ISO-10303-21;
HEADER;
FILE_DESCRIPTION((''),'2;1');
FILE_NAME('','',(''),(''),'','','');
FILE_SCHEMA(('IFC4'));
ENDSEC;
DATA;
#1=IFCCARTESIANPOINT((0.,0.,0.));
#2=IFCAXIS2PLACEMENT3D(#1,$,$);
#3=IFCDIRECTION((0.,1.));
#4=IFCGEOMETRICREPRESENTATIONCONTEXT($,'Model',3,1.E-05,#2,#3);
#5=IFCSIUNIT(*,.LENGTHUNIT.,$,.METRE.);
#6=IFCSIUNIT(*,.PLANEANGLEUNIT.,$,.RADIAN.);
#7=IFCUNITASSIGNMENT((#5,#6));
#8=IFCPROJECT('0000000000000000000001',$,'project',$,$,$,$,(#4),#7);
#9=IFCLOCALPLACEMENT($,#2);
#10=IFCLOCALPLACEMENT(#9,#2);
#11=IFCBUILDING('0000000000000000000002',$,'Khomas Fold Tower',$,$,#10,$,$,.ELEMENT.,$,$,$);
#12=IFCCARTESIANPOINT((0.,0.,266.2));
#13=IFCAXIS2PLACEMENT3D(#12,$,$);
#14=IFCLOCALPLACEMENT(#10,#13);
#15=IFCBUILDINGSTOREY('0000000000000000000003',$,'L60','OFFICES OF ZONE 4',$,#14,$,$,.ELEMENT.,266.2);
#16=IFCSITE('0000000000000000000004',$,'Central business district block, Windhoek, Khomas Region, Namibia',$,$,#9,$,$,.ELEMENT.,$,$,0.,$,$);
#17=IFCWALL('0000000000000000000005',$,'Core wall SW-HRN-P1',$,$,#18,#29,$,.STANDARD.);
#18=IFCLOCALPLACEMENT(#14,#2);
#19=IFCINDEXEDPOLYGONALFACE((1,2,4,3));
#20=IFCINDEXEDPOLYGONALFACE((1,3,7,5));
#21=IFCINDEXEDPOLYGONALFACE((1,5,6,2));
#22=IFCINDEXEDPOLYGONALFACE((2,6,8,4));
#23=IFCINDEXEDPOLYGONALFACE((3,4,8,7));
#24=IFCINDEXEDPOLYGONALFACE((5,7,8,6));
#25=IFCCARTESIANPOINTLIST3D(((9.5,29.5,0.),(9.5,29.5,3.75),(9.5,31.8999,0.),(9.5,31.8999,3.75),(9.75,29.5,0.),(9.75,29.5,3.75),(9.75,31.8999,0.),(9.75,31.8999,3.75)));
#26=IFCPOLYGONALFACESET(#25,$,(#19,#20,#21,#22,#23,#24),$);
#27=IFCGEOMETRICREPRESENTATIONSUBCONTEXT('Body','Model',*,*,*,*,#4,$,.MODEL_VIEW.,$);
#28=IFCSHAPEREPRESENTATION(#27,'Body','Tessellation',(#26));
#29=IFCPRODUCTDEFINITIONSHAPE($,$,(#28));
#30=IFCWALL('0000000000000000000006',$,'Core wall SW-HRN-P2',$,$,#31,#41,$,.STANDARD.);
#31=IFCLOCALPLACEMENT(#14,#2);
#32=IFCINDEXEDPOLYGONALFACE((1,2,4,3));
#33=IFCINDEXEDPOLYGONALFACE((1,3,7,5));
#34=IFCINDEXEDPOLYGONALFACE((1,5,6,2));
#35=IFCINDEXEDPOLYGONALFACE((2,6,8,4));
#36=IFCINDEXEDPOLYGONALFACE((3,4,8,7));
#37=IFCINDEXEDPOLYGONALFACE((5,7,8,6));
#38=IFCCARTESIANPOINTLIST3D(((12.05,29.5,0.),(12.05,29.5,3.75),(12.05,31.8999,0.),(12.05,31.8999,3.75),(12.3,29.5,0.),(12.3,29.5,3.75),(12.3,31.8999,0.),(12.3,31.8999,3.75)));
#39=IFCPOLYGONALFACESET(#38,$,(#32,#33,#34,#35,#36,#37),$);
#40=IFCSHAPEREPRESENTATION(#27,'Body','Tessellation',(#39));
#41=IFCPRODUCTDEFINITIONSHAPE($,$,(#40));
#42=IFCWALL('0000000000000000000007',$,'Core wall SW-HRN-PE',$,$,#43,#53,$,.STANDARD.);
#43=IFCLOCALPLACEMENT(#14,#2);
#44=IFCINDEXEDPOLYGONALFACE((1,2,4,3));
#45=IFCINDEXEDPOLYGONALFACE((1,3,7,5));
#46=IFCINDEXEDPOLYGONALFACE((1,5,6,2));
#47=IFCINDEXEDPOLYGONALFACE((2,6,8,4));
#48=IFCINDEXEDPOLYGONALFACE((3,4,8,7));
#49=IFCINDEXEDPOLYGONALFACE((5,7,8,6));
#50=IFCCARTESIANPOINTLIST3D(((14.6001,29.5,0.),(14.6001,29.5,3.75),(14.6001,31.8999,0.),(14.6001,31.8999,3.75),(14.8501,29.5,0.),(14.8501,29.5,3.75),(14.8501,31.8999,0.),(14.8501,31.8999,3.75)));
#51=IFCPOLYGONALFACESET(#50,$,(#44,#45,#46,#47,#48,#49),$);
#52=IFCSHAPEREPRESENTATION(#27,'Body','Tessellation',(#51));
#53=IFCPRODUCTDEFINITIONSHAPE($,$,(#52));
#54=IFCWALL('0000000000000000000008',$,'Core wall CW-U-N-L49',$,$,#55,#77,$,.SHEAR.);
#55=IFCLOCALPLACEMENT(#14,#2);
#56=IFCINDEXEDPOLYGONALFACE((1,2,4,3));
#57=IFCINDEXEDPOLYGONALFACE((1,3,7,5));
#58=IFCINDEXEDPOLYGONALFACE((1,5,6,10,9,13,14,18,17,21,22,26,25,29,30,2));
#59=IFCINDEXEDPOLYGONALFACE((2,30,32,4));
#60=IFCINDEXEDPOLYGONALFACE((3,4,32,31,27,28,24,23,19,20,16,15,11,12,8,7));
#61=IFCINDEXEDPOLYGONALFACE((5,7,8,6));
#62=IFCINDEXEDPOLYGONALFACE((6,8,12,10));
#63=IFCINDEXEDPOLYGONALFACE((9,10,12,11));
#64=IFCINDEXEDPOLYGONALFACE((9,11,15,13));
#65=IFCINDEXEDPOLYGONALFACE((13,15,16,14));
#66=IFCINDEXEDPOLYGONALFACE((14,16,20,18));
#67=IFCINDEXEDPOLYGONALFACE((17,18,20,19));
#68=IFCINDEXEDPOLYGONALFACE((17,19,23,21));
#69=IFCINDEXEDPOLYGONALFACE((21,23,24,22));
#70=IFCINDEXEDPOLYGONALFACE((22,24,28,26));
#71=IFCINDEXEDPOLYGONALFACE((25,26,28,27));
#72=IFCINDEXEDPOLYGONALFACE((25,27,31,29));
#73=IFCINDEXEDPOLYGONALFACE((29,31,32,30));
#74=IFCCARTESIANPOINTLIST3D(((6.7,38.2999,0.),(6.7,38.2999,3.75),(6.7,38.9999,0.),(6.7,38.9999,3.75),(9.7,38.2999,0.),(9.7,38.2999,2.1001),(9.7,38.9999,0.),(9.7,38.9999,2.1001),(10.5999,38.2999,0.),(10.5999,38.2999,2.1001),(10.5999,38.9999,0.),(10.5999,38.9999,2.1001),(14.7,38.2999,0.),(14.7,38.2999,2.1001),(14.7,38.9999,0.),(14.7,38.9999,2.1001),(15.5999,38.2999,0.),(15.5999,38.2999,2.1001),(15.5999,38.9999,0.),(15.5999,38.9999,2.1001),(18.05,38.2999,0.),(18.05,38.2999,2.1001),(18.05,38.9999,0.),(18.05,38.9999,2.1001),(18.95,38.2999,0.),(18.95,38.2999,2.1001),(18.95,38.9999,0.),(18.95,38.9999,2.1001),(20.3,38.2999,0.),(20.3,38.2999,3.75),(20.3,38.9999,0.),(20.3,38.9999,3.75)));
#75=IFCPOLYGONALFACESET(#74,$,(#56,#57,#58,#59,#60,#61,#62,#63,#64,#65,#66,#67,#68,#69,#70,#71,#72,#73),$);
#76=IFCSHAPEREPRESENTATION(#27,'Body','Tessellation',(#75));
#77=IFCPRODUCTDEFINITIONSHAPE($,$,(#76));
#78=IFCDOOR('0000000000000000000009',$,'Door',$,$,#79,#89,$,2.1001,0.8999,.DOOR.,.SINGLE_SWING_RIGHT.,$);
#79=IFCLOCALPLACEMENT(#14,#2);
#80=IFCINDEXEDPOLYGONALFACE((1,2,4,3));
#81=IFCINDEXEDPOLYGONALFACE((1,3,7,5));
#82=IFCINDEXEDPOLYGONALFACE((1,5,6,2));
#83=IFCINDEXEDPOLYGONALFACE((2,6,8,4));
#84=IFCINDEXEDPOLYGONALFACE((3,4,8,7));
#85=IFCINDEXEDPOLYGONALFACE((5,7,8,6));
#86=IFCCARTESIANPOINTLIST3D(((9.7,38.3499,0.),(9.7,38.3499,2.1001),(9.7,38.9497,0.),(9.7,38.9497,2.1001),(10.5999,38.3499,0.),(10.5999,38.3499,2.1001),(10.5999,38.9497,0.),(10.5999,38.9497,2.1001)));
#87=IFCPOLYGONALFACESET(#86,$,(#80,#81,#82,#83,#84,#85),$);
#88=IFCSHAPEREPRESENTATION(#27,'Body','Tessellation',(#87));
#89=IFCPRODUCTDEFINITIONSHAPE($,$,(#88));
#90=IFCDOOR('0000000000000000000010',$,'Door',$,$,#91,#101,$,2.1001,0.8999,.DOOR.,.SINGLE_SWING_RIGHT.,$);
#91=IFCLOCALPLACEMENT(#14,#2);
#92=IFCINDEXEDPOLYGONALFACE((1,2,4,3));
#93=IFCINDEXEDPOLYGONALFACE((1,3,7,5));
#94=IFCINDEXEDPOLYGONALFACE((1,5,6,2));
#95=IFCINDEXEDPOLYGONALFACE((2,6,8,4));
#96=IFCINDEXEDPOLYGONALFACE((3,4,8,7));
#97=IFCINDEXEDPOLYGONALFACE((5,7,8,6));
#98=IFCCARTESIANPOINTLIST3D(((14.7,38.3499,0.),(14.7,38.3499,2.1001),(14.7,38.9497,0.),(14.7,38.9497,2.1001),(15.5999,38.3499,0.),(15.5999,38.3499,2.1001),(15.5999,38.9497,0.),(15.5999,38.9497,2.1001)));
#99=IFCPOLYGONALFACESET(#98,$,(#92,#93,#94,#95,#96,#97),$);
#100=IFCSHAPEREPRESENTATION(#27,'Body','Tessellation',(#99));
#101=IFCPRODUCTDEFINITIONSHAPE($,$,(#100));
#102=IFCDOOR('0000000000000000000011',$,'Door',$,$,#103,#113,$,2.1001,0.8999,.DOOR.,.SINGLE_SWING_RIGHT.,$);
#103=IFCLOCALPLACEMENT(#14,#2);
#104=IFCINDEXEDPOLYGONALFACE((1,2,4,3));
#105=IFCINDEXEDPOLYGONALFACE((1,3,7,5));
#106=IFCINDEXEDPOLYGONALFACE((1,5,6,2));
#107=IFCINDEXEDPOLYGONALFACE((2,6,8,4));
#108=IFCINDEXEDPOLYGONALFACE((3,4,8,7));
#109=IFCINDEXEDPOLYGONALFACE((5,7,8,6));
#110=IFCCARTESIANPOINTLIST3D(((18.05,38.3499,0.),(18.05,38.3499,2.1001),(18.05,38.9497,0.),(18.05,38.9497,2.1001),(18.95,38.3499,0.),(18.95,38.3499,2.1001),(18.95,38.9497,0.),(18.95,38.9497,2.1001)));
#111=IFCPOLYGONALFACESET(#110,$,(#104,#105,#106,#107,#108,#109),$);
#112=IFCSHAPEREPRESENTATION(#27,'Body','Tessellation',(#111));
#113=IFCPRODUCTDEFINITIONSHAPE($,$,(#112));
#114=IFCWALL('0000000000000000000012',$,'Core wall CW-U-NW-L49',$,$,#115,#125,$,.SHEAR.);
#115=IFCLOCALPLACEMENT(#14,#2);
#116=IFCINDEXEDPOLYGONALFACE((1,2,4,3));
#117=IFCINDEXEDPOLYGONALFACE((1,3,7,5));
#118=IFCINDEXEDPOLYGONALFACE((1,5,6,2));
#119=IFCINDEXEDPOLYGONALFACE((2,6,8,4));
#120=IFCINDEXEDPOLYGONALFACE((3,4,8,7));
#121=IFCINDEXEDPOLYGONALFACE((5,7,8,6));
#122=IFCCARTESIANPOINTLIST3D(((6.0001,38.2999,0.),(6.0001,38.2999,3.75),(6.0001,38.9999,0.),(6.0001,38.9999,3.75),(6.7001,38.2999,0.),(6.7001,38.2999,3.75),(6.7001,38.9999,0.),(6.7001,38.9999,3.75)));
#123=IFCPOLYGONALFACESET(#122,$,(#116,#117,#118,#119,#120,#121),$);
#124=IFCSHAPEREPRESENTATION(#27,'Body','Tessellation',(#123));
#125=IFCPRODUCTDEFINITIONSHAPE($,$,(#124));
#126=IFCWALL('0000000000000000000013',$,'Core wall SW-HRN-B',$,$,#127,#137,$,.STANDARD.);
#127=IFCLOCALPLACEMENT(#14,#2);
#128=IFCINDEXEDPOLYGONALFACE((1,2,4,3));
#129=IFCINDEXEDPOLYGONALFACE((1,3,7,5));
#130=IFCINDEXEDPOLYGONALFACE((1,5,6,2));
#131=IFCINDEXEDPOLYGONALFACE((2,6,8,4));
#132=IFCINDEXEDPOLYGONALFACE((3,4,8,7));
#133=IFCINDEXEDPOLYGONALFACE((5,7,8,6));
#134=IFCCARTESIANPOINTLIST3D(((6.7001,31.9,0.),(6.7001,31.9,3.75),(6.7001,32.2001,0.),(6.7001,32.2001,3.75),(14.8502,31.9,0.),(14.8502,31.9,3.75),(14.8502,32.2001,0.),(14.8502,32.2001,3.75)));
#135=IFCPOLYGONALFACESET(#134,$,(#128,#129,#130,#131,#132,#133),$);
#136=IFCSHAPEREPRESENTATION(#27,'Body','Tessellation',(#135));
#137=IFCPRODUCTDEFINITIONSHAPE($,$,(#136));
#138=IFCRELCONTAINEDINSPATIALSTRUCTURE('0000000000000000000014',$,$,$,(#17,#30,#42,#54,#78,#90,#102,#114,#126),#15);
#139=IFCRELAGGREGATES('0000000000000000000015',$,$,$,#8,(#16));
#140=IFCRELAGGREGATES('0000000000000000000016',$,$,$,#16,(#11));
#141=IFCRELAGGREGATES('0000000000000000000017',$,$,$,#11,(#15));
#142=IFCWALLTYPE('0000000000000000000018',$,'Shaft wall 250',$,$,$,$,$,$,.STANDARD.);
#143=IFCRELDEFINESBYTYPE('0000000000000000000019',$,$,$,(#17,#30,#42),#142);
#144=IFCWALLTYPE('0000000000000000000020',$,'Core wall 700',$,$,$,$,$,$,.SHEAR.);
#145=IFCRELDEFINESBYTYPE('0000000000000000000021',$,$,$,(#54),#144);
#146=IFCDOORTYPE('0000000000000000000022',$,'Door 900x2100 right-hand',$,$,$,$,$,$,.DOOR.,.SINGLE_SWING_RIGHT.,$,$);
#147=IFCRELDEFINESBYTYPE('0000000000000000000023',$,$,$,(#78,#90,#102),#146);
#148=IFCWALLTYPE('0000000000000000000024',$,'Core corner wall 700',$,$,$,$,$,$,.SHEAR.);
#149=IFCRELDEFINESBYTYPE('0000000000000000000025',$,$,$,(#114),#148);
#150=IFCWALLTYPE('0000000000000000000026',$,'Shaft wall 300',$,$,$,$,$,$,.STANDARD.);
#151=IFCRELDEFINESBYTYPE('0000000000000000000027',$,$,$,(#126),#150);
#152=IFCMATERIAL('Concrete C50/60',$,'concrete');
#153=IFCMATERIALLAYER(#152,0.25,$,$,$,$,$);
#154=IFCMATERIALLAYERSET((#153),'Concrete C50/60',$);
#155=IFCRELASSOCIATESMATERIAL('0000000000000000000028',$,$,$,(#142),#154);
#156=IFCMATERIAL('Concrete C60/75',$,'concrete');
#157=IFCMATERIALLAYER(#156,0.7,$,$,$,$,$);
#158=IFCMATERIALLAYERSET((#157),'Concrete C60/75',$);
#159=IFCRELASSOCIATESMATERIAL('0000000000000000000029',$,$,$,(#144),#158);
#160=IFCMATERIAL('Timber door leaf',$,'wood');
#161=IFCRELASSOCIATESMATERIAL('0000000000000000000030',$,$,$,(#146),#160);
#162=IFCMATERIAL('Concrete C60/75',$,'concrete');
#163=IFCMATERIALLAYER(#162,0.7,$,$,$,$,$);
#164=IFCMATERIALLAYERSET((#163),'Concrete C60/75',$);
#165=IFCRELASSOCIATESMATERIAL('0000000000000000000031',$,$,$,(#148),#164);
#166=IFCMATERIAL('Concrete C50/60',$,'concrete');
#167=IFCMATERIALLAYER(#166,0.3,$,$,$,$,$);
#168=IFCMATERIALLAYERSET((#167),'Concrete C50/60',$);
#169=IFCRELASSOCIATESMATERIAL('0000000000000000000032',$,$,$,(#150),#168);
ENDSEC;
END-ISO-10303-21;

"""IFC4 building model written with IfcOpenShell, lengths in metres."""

from ifc_helpers import new_model, si_unit, direction, frame, frame_2d, origin, place, context, subcontext, project, spatial, rectangle, extrude, source, transform, mapped, material, layer, layer_set, type_object, element, fill, save


model = new_model("IFC4")

# Units and contexts
model_context = context("Model", 3, precision=1e-05, world=origin(), true_north=direction((0.0, 1.0)))
body_context = subcontext(model_context, "Body", "Model", "MODEL_VIEW")
ifc_project = project(units=[si_unit("LENGTHUNIT", "METRE"), si_unit("PLANEANGLEUNIT", "RADIAN")], contexts=[model_context])

# Site, building, storey
site_placement = place(None, origin())
site = spatial("IfcSite", under=ifc_project, at=site_placement, Name="Central business district block, Windhoek, Khomas Region, Namibia", CompositionType="ELEMENT", RefElevation=0.0)
building_placement = place(site_placement, origin())
building = spatial("IfcBuilding", under=site, at=building_placement, Name="Khomas Fold Tower", CompositionType="ELEMENT")
storey_placement = place(building_placement, frame((0.0, 0.0, 266.2)))
storey = spatial("IfcBuildingStorey", under=building, at=storey_placement, Name="L60", Description="OFFICES OF ZONE 4", CompositionType="ELEMENT", Elevation=266.2)

# Walls
ifc_material_1 = material(Name="Concrete C50/60", Category="concrete")
ifc_layer_1 = layer(ifc_material_1, 0.25)
ifc_layer_set_1 = layer_set([ifc_layer_1], Name="Concrete C50/60")
wall_type_1 = type_object("IfcWallType", Name="Shaft wall 250", PredefinedType="STANDARD", material=ifc_layer_set_1)
shared_shape_1 = source(origin(), body_context, "Body", "SweptSolid", [
    extrude(rectangle(XDim=2.3999, YDim=0.25, at=frame_2d((1.2, 0.0))), origin(), (0.0, 0.0, 1.0), 3.75),
])
for number, where, z_axis, x_axis, name in (
    (1, (9.625, 29.5, 0.0), (0.0, 0.0, 1.0), (0.0, 1.0, 0.0), "Core wall SW-HRN-P1"),
    (2, (12.175, 29.5, 0.0), (0.0, 0.0, 1.0), (0.0, 1.0, 0.0), "Core wall SW-HRN-P2"),
    (3, (14.7251, 29.5, 0.0), (0.0, 0.0, 1.0), (0.0, 1.0, 0.0), "Core wall SW-HRN-PE"),
):
    element("IfcWall", number, at=place(storey_placement, frame(where, z_axis=z_axis, x_axis=x_axis)), inside=storey, type_object=wall_type_1, Name=name, PredefinedType="STANDARD", context=body_context, shape_type="MappedRepresentation", body=[
        mapped(shared_shape_1, transform((0.0, 0.0, 0.0))),
    ])

# Wall, openings, doors
ifc_material_2 = material(Name="Concrete C60/75", Category="concrete")
ifc_layer_2 = layer(ifc_material_2, 0.7)
ifc_layer_set_2 = layer_set([ifc_layer_2], Name="Concrete C60/75")
wall_type_2 = type_object("IfcWallType", Name="Core wall 700", PredefinedType="SHEAR", material=ifc_layer_set_2)
shared_shape_2 = source(origin(), body_context, "Body", "SweptSolid", [
    extrude(rectangle(XDim=13.6001, YDim=0.7, at=frame_2d((6.8, 0.0))), origin(), (0.0, 0.0, 1.0), 3.75),
])
wall_1_placement = place(storey_placement, frame((6.7, 38.6499, 0.0), z_axis=(0.0, 0.0, 1.0), x_axis=(1.0, 0.0, 0.0)))
wall_1 = element("IfcWall", 4, at=wall_1_placement, inside=storey, type_object=wall_type_2, Name="Core wall CW-U-N-L49", PredefinedType="SHEAR", context=body_context, shape_type="MappedRepresentation", body=[
    mapped(shared_shape_2, transform((0.0, 0.0, 0.0))),
])
shared_shape_3 = source(origin(), body_context, "Body", "SweptSolid", [
    extrude(rectangle(XDim=0.8999, YDim=2.1001, at=frame_2d((0.45, 1.05))), frame((0.0, 0.3599, 0.0), z_axis=(0.0, -1.0, 0.0), x_axis=(1.0, 0.0, 0.0)), (0.0, 0.0, 1.0), 0.72),
])
opening_1_placement = place(wall_1_placement, frame((3.0, 0.0, 0.0)))
opening_1 = element("IfcOpeningElement", 5, at=opening_1_placement, cuts=wall_1, PredefinedType="OPENING", context=body_context, shape_type="MappedRepresentation", body=[
    mapped(shared_shape_3, transform((0.0, 0.0, 0.0))),
])
opening_2_placement = place(wall_1_placement, frame((8.0, 0.0, 0.0)))
opening_2 = element("IfcOpeningElement", 6, at=opening_2_placement, cuts=wall_1, PredefinedType="OPENING", context=body_context, shape_type="MappedRepresentation", body=[
    mapped(shared_shape_3, transform((0.0, 0.0, 0.0))),
])
opening_3_placement = place(wall_1_placement, frame((11.3501, 0.0, 0.0)))
opening_3 = element("IfcOpeningElement", 7, at=opening_3_placement, cuts=wall_1, PredefinedType="OPENING", context=body_context, shape_type="MappedRepresentation", body=[
    mapped(shared_shape_3, transform((0.0, 0.0, 0.0))),
])
ifc_material_3 = material(Name="Timber door leaf", Category="wood")
door_type_1 = type_object("IfcDoorType", Name="Door 900x2100 right-hand", OperationType="SINGLE_SWING_RIGHT", PredefinedType="DOOR", material=ifc_material_3)
shared_shape_4 = source(origin(), body_context, "Body", "SweptSolid", [
    extrude(rectangle(XDim=0.8999, YDim=2.1001, at=frame_2d((0.45, 1.05))), frame((0.0, 0.2998, 0.0), z_axis=(0.0, -1.0, 0.0), x_axis=(1.0, 0.0, 0.0)), (0.0, 0.0, 1.0), 0.5999),
])
door_1_placement = place(opening_1_placement, origin())
door_1 = element("IfcDoor", 8, at=door_1_placement, inside=storey, type_object=door_type_1, Name="Door", OperationType="SINGLE_SWING_RIGHT", OverallHeight=2.1001, OverallWidth=0.8999, PredefinedType="DOOR", context=body_context, shape_type="MappedRepresentation", body=[
    mapped(shared_shape_4, transform((0.0, 0.0, 0.0))),
])
fill(opening_1, door_1)
door_2_placement = place(opening_2_placement, origin())
door_2 = element("IfcDoor", 9, at=door_2_placement, inside=storey, type_object=door_type_1, Name="Door", OperationType="SINGLE_SWING_RIGHT", OverallHeight=2.1001, OverallWidth=0.8999, PredefinedType="DOOR", context=body_context, shape_type="MappedRepresentation", body=[
    mapped(shared_shape_4, transform((0.0, 0.0, 0.0))),
])
fill(opening_2, door_2)
door_3_placement = place(opening_3_placement, origin())
door_3 = element("IfcDoor", 10, at=door_3_placement, inside=storey, type_object=door_type_1, Name="Door", OperationType="SINGLE_SWING_RIGHT", OverallHeight=2.1001, OverallWidth=0.8999, PredefinedType="DOOR", context=body_context, shape_type="MappedRepresentation", body=[
    mapped(shared_shape_4, transform((0.0, 0.0, 0.0))),
])
fill(opening_3, door_3)

# Walls
ifc_material_4 = material(Name="Concrete C60/75", Category="concrete")
ifc_layer_3 = layer(ifc_material_4, 0.7)
ifc_layer_set_3 = layer_set([ifc_layer_3], Name="Concrete C60/75")
wall_type_3 = type_object("IfcWallType", Name="Core corner wall 700", PredefinedType="SHEAR", material=ifc_layer_set_3)
shared_shape_5 = source(origin(), body_context, "Body", "SweptSolid", [
    extrude(rectangle(XDim=0.7, YDim=0.7, at=frame_2d((0.3501, 0.0))), origin(), (0.0, 0.0, 1.0), 3.75),
])
wall_2_placement = place(storey_placement, frame((6.0, 38.6499, 0.0), z_axis=(0.0, 0.0, 1.0), x_axis=(1.0, 0.0, 0.0)))
element("IfcWall", 11, at=wall_2_placement, inside=storey, type_object=wall_type_3, Name="Core wall CW-U-NW-L49", PredefinedType="SHEAR", context=body_context, shape_type="MappedRepresentation", body=[
    mapped(shared_shape_5, transform((0.0, 0.0, 0.0))),
])
ifc_material_5 = material(Name="Concrete C50/60", Category="concrete")
ifc_layer_4 = layer(ifc_material_5, 0.3)
ifc_layer_set_4 = layer_set([ifc_layer_4], Name="Concrete C50/60")
wall_type_4 = type_object("IfcWallType", Name="Shaft wall 300", PredefinedType="STANDARD", material=ifc_layer_set_4)
shared_shape_6 = source(origin(), body_context, "Body", "SweptSolid", [
    extrude(rectangle(XDim=8.1501, YDim=0.3, at=frame_2d((4.0752, 0.0))), origin(), (0.0, 0.0, 1.0), 3.75),
])
wall_3_placement = place(storey_placement, frame((6.7, 32.05, 0.0), z_axis=(0.0, 0.0, 1.0), x_axis=(1.0, 0.0, 0.0)))
element("IfcWall", 12, at=wall_3_placement, inside=storey, type_object=wall_type_4, Name="Core wall SW-HRN-B", PredefinedType="STANDARD", context=body_context, shape_type="MappedRepresentation", body=[
    mapped(shared_shape_6, transform((0.0, 0.0, 0.0))),
])

save(model, "model.ifc")
